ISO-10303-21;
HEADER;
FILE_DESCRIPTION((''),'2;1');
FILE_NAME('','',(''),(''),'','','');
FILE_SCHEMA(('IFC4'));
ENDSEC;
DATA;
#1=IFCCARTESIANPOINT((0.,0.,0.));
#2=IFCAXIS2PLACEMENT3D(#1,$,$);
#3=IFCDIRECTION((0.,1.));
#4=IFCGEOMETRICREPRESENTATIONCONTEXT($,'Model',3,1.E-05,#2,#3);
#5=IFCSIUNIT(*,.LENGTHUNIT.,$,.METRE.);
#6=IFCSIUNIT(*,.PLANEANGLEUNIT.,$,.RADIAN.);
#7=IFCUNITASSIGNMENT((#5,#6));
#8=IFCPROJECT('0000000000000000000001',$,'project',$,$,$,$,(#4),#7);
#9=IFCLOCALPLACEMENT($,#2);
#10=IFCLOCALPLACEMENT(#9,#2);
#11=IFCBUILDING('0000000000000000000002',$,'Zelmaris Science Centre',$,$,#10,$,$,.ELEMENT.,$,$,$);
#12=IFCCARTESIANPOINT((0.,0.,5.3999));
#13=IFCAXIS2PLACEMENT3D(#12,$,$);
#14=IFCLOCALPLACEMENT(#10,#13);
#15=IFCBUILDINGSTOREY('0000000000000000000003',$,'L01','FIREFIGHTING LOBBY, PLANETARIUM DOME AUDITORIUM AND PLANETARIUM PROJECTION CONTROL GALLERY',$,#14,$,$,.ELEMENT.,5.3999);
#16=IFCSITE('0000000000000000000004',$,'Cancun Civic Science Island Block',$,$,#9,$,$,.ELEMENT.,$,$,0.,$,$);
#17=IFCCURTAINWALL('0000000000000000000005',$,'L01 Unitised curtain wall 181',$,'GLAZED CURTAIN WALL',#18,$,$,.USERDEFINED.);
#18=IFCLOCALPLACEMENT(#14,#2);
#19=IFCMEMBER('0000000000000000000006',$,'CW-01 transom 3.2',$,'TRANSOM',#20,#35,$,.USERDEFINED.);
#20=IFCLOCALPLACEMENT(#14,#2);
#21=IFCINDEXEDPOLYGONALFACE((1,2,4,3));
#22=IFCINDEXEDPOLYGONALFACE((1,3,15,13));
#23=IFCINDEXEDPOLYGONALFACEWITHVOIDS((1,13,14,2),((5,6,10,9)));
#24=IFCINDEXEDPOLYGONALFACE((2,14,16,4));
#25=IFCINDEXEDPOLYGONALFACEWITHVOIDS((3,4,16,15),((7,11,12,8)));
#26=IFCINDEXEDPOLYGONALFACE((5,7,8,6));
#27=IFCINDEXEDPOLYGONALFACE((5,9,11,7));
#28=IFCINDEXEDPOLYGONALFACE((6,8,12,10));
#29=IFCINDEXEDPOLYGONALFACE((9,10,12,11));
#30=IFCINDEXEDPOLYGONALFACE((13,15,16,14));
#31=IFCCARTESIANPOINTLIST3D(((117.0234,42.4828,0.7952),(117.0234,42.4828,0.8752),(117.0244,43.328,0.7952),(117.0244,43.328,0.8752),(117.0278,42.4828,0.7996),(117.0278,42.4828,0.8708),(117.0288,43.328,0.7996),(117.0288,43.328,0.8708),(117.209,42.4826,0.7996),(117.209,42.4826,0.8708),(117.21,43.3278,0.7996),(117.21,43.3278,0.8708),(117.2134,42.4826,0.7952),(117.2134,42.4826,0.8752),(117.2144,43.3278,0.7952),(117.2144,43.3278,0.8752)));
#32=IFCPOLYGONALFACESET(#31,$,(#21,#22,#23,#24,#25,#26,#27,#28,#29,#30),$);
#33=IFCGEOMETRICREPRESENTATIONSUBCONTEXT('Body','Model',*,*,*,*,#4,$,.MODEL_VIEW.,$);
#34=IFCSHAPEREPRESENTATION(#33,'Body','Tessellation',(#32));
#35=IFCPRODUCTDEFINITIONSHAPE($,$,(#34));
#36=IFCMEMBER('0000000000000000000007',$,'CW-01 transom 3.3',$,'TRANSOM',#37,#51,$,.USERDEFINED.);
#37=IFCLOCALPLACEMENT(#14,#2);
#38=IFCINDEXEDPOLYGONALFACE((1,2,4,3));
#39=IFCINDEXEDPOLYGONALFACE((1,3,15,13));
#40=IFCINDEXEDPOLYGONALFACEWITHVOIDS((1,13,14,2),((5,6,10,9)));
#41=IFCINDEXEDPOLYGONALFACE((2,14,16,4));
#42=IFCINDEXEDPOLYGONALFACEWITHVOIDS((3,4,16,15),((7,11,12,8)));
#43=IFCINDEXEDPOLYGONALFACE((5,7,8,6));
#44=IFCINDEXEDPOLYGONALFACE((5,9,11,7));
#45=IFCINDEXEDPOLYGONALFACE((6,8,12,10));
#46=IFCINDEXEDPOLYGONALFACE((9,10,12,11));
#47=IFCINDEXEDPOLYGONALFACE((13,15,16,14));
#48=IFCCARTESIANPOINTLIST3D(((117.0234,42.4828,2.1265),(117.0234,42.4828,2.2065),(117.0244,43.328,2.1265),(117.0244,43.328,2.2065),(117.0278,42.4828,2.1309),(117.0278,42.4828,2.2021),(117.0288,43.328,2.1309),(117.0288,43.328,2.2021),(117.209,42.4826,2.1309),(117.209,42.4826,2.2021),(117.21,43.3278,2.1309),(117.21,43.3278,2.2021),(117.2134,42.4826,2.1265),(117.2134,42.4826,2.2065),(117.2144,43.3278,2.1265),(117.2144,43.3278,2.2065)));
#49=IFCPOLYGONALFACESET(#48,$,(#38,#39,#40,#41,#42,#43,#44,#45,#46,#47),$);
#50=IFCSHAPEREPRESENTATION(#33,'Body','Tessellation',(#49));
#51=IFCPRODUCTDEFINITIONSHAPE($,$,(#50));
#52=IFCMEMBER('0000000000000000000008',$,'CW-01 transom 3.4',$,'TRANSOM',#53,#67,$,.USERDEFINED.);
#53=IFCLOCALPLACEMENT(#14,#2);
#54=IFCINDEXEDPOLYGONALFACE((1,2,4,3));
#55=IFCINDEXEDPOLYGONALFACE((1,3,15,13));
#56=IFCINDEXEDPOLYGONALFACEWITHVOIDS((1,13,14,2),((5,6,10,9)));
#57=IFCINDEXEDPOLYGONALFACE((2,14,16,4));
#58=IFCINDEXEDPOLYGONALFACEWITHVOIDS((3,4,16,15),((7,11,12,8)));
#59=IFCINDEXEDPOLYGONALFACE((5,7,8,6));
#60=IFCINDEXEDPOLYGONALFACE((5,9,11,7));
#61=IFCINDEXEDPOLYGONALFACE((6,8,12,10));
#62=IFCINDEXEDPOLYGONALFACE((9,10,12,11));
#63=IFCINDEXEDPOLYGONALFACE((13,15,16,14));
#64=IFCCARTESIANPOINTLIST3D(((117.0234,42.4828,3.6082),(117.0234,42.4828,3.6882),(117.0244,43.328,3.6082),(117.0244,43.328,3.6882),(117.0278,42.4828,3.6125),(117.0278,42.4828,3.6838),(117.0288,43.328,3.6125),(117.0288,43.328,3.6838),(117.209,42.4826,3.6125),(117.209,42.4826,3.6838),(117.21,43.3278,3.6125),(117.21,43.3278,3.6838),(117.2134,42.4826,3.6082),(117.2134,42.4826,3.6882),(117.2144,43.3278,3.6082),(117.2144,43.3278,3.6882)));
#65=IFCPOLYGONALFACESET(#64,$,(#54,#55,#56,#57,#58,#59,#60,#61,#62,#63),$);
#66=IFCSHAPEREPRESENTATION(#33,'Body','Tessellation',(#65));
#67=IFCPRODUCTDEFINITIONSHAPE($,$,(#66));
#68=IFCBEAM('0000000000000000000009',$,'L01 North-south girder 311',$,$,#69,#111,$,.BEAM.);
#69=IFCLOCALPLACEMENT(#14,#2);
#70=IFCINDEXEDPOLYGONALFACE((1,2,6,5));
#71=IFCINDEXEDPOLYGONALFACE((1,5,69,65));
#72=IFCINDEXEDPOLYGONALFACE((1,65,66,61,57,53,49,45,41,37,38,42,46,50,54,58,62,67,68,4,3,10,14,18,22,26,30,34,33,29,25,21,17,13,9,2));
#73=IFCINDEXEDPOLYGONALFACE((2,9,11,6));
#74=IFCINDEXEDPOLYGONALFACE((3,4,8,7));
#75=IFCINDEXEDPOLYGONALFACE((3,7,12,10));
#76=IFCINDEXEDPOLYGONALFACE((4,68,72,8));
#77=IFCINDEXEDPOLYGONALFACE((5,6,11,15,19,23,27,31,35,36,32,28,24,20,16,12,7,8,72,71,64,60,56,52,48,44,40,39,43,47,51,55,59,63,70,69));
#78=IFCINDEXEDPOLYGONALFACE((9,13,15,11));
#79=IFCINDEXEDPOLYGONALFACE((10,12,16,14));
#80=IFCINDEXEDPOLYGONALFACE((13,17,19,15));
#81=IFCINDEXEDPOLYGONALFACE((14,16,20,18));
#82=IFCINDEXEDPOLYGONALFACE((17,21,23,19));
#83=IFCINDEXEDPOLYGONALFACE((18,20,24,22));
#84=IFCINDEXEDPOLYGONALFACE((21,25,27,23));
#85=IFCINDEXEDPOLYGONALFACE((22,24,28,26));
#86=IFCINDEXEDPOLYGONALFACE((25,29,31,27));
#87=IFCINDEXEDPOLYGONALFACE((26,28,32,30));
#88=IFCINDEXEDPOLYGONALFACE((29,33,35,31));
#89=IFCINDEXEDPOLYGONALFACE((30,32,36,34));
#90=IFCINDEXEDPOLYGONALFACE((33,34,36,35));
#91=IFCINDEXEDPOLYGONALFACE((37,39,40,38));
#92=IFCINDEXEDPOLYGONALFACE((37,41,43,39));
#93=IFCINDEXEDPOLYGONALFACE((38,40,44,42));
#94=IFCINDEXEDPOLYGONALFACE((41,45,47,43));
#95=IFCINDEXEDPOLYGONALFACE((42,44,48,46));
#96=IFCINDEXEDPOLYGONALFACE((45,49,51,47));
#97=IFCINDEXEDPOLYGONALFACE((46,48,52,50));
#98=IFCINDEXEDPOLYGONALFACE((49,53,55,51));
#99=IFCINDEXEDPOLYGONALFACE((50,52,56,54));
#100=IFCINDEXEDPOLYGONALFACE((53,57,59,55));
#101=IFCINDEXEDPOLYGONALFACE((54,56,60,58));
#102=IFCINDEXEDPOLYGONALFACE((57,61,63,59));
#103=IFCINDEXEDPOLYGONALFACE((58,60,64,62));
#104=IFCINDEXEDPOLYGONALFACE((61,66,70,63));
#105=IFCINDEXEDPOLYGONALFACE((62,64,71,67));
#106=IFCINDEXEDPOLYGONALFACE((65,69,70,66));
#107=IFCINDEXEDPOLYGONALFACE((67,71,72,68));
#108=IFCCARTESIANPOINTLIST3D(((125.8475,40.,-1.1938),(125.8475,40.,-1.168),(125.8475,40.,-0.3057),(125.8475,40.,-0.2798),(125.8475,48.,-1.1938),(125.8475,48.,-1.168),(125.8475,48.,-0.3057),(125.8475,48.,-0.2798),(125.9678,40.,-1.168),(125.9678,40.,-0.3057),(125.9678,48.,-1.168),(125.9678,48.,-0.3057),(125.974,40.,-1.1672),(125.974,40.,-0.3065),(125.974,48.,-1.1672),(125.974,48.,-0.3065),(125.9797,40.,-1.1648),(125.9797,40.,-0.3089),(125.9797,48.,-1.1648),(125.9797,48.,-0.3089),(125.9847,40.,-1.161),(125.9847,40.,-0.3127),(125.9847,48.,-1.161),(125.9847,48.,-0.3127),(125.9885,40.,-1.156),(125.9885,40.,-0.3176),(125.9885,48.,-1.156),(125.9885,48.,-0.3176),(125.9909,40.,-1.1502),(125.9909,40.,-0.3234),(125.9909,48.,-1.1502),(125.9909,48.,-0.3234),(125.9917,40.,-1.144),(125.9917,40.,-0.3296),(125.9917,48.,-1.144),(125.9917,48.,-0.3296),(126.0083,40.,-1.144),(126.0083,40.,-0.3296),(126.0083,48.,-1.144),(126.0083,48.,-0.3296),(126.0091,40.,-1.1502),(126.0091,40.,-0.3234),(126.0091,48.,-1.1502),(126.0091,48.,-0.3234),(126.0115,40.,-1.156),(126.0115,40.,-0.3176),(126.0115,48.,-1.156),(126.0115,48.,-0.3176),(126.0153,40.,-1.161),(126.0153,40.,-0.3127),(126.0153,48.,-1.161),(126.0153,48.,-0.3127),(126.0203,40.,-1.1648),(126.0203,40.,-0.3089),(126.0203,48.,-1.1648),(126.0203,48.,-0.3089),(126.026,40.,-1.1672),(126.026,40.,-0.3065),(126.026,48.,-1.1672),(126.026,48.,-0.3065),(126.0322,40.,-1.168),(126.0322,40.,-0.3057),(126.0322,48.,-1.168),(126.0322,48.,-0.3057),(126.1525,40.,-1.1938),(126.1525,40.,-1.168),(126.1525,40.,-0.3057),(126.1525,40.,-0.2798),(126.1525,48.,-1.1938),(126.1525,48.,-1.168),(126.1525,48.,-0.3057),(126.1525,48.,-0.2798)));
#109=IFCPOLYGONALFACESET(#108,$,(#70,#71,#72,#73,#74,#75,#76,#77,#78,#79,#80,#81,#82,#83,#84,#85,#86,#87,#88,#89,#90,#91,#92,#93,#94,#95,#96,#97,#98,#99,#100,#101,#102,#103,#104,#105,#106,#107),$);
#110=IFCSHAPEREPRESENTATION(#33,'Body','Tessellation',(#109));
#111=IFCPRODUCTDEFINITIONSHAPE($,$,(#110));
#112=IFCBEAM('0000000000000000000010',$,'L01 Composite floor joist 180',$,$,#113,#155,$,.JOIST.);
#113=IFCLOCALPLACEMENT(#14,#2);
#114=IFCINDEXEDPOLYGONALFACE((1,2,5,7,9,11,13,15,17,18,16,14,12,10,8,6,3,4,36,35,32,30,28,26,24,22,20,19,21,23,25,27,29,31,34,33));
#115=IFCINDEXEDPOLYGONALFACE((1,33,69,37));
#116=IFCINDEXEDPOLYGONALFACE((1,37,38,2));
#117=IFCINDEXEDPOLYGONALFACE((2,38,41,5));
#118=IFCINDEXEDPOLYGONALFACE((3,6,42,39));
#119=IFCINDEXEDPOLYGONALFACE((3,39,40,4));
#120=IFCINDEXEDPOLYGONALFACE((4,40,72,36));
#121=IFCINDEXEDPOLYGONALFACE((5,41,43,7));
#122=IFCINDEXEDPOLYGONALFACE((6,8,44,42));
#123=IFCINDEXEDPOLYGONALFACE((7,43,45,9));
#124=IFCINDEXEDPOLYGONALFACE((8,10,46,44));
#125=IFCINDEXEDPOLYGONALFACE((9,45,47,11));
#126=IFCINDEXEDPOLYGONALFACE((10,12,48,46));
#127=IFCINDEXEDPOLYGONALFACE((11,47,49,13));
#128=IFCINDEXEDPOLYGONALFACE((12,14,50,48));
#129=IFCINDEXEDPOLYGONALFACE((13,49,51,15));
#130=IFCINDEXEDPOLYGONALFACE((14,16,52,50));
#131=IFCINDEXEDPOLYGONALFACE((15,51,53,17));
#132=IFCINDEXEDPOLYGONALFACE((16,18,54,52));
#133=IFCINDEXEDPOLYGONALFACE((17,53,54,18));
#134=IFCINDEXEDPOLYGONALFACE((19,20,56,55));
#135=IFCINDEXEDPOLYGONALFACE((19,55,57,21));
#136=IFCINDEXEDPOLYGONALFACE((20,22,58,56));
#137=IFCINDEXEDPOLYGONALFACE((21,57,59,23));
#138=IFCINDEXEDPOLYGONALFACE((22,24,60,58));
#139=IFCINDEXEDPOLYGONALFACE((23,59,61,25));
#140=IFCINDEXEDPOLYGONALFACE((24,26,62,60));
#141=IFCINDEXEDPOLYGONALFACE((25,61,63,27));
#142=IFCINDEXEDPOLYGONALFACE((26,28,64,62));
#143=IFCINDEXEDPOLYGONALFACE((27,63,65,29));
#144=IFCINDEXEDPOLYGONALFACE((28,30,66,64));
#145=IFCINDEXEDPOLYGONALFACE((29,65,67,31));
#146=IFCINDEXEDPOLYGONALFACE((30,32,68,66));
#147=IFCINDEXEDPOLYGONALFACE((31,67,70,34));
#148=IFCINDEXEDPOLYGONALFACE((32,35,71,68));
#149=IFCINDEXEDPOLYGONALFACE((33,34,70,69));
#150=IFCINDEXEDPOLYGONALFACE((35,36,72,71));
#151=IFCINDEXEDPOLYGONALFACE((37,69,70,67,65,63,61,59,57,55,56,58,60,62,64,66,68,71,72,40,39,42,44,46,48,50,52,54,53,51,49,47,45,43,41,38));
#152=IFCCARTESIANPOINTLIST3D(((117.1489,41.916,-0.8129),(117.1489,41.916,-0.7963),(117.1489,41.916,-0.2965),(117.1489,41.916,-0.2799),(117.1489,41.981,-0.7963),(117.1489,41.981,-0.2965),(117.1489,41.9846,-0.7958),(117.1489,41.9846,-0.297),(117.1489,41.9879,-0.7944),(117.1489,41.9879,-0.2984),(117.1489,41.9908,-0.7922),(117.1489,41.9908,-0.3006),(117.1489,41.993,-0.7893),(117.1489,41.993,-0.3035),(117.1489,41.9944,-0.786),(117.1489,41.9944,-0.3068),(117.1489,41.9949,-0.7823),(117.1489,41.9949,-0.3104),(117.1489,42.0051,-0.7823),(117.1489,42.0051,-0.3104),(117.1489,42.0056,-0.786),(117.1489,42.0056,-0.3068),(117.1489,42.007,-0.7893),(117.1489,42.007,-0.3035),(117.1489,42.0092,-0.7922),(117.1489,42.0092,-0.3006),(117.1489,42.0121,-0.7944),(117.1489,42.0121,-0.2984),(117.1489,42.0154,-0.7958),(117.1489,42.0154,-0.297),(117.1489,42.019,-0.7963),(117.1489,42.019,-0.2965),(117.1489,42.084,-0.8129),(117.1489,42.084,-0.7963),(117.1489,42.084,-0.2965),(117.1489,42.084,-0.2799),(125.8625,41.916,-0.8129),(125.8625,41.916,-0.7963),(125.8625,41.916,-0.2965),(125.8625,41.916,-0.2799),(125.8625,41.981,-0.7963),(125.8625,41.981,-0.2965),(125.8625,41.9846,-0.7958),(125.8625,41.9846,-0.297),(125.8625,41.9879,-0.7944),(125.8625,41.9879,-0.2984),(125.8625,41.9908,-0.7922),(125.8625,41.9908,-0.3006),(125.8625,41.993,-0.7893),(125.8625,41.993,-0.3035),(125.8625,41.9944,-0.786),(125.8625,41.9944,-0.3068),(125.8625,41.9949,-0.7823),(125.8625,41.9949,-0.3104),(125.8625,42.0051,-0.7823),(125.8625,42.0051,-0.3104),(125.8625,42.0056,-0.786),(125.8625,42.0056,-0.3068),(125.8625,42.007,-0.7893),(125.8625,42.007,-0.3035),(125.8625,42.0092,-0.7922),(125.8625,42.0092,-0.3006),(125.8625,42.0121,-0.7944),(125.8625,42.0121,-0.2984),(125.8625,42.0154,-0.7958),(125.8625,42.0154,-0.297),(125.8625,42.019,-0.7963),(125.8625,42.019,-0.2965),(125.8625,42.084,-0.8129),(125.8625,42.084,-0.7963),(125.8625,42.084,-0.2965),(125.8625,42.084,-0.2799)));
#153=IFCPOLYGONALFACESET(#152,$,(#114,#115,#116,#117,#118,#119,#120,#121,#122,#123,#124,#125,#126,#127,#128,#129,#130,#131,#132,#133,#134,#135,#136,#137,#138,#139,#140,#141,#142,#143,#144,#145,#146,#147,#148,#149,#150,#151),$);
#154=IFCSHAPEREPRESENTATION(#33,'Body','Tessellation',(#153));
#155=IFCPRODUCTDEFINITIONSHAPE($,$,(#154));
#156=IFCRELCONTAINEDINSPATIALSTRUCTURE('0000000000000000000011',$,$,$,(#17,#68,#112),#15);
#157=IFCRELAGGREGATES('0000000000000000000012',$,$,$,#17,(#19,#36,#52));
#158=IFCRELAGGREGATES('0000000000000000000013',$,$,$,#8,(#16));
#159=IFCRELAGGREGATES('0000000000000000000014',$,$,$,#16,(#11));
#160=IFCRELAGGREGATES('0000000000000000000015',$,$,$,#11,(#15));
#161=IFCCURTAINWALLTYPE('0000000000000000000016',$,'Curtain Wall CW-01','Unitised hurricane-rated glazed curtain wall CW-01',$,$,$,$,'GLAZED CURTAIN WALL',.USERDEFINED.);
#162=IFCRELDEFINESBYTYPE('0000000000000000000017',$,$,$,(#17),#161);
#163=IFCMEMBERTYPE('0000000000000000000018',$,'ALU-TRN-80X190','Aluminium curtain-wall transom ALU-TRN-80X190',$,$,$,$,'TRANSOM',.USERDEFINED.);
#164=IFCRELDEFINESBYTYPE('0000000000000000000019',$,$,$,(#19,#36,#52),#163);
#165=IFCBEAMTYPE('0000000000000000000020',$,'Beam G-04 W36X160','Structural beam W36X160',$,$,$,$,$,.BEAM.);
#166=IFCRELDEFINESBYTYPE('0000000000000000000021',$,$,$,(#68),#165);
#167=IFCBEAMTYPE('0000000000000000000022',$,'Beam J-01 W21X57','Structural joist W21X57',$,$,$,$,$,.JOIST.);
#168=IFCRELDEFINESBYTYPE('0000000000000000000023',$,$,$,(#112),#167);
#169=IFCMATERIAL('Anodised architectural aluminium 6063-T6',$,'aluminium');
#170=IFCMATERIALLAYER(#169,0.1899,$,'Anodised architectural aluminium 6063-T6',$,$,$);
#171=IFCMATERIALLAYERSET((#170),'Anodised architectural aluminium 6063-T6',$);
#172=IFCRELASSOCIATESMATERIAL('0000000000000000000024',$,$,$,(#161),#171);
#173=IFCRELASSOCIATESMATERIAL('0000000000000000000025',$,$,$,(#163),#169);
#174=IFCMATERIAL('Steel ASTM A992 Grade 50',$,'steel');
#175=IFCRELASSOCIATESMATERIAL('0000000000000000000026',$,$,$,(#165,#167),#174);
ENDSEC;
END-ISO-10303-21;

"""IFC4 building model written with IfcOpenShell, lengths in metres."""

from ifc_helpers import new_model, si_unit, direction, frame, origin, origin_2d, place, context, subcontext, project, spatial, hollow_rectangle, i_section, extrude, material, layer, layer_set, material_profile, profile_set, type_object, element, aggregate, save


model = new_model("IFC4")

# Units and contexts
model_context = context("Model", 3, precision=1e-05, world=origin(), true_north=direction((0.0, 1.0)))
body_context = subcontext(model_context, "Body", "Model", "MODEL_VIEW")
ifc_project = project(units=[si_unit("LENGTHUNIT", "METRE"), si_unit("PLANEANGLEUNIT", "RADIAN")], contexts=[model_context])

# Site, building, storey
site_placement = place(None, origin())
site = spatial("IfcSite", under=ifc_project, at=site_placement, Name="Cancun Civic Science Island Block", CompositionType="ELEMENT", RefElevation=0.0)
building_placement = place(site_placement, origin())
building = spatial("IfcBuilding", under=site, at=building_placement, Name="Zelmaris Science Centre", CompositionType="ELEMENT")
storey_placement = place(building_placement, frame((0.0, 0.0, 5.3999)))
storey = spatial("IfcBuildingStorey", under=building, at=storey_placement, Name="L01", Description="FIREFIGHTING LOBBY, PLANETARIUM DOME AUDITORIUM AND PLANETARIUM PROJECTION CONTROL GALLERY", CompositionType="ELEMENT", Elevation=5.3999)

# Shared definitions
ifc_material_1 = material(Name="Steel ASTM A992 Grade 50", Category="steel")

# Curtain wall, members
ifc_material_2 = material(Name="Anodised architectural aluminium 6063-T6", Category="aluminium")
ifc_layer_1 = layer(ifc_material_2, 0.1899, Name="Anodised architectural aluminium 6063-T6")
ifc_layer_set_1 = layer_set([ifc_layer_1], Name="Anodised architectural aluminium 6063-T6")
curtain_wall_type = type_object("IfcCurtainWallType", Name="Curtain Wall CW-01", Description="Unitised hurricane-rated glazed curtain wall CW-01", ElementType="GLAZED CURTAIN WALL", PredefinedType="USERDEFINED", material=ifc_layer_set_1)
curtain_wall_placement = place(storey_placement, origin())
curtain_wall = element("IfcCurtainWall", 1, at=curtain_wall_placement, inside=storey, type_object=curtain_wall_type, Name="L01 Unitised curtain wall 181", ObjectType="GLAZED CURTAIN WALL", PredefinedType="USERDEFINED")
ifc_material_profile_1 = material_profile(ifc_material_2, hollow_rectangle(XDim=0.0801, YDim=0.1899, WallThickness=0.0044, at=origin_2d()), Name="ALU-TRN-80X190")
ifc_profile_set_1 = profile_set([ifc_material_profile_1], Name="Anodised architectural aluminium 6063-T6")
member_type_1 = type_object("IfcMemberType", Name="ALU-TRN-80X190", Description="Aluminium curtain-wall transom ALU-TRN-80X190", ElementType="TRANSOM", PredefinedType="USERDEFINED", material=ifc_profile_set_1)
member_1_placement = place(storey_placement, frame((117.1184, 42.4827, 0.8352), z_axis=(0.001155, 0.999999, 0.0), x_axis=(0.0, 0.0, 1.0)))
member_1 = element("IfcMember", 2, at=member_1_placement, type_object=member_type_1, Name="CW-01 transom 3.2", ObjectType="TRANSOM", PredefinedType="USERDEFINED", context=body_context, shape_type="SweptSolid", body=[
    extrude(hollow_rectangle(XDim=0.0801, YDim=0.1899, WallThickness=0.0044, at=origin_2d()), origin(), (0.0, 0.0, 1.0), 0.8452),
])
member_2_placement = place(storey_placement, frame((117.1184, 42.4827, 2.1665), z_axis=(0.001155, 0.999999, 0.0), x_axis=(0.0, 0.0, 1.0)))
member_2 = element("IfcMember", 3, at=member_2_placement, type_object=member_type_1, Name="CW-01 transom 3.3", ObjectType="TRANSOM", PredefinedType="USERDEFINED", context=body_context, shape_type="SweptSolid", body=[
    extrude(hollow_rectangle(XDim=0.0801, YDim=0.1899, WallThickness=0.0044, at=origin_2d()), origin(), (0.0, 0.0, 1.0), 0.8452),
])
member_3_placement = place(storey_placement, frame((117.1184, 42.4827, 3.6482), z_axis=(0.001155, 0.999999, 0.0), x_axis=(0.0, 0.0, 1.0)))
member_3 = element("IfcMember", 4, at=member_3_placement, type_object=member_type_1, Name="CW-01 transom 3.4", ObjectType="TRANSOM", PredefinedType="USERDEFINED", context=body_context, shape_type="SweptSolid", body=[
    extrude(hollow_rectangle(XDim=0.0801, YDim=0.1899, WallThickness=0.0044, at=origin_2d()), origin(), (0.0, 0.0, 1.0), 0.8452),
])

# Beams
ifc_material_profile_2 = material_profile(ifc_material_1, i_section(OverallWidth=0.3049, OverallDepth=0.9141, WebThickness=0.0166, FlangeThickness=0.0259, FilletRadius=0.0239, at=origin_2d()), Name="W36X160")
ifc_profile_set_2 = profile_set([ifc_material_profile_2], Name="Steel ASTM A992 Grade 50")
beam_type_1 = type_object("IfcBeamType", Name="Beam G-04 W36X160", Description="Structural beam W36X160", PredefinedType="BEAM", material=ifc_profile_set_2)
beam_1_placement = place(storey_placement, frame((126.0, 40.0, -0.7368), z_axis=(0.0, 1.0, 0.0), x_axis=(-1.0, 0.0, 0.0)))
element("IfcBeam", 5, at=beam_1_placement, inside=storey, type_object=beam_type_1, Name="L01 North-south girder 311", PredefinedType="BEAM", context=body_context, shape_type="SweptSolid", body=[
    extrude(i_section(OverallWidth=0.3049, OverallDepth=0.9141, WebThickness=0.0166, FlangeThickness=0.0259, FilletRadius=0.0239, at=origin_2d()), origin(), (0.0, 0.0, 1.0), 8.0),
])
ifc_material_profile_3 = material_profile(ifc_material_1, i_section(OverallWidth=0.168, OverallDepth=0.533, WebThickness=0.0103, FlangeThickness=0.0166, FilletRadius=0.0139, at=origin_2d()), Name="W21X57")
ifc_profile_set_3 = profile_set([ifc_material_profile_3], Name="Steel ASTM A992 Grade 50")
beam_type_2 = type_object("IfcBeamType", Name="Beam J-01 W21X57", Description="Structural joist W21X57", PredefinedType="JOIST", material=ifc_profile_set_3)
beam_2_placement = place(storey_placement, frame((117.1489, 42.0, -0.5464), z_axis=(1.0, 0.0, 0.0), x_axis=(0.0, 1.0, 0.0)))
element("IfcBeam", 6, at=beam_2_placement, inside=storey, type_object=beam_type_2, Name="L01 Composite floor joist 180", PredefinedType="JOIST", context=body_context, shape_type="SweptSolid", body=[
    extrude(i_section(OverallWidth=0.168, OverallDepth=0.533, WebThickness=0.0103, FlangeThickness=0.0166, FilletRadius=0.0139, at=origin_2d()), origin(), (0.0, 0.0, 1.0), 8.7136),
])

aggregate(curtain_wall, [member_1, member_2, member_3])

save(model, "model.ifc")
